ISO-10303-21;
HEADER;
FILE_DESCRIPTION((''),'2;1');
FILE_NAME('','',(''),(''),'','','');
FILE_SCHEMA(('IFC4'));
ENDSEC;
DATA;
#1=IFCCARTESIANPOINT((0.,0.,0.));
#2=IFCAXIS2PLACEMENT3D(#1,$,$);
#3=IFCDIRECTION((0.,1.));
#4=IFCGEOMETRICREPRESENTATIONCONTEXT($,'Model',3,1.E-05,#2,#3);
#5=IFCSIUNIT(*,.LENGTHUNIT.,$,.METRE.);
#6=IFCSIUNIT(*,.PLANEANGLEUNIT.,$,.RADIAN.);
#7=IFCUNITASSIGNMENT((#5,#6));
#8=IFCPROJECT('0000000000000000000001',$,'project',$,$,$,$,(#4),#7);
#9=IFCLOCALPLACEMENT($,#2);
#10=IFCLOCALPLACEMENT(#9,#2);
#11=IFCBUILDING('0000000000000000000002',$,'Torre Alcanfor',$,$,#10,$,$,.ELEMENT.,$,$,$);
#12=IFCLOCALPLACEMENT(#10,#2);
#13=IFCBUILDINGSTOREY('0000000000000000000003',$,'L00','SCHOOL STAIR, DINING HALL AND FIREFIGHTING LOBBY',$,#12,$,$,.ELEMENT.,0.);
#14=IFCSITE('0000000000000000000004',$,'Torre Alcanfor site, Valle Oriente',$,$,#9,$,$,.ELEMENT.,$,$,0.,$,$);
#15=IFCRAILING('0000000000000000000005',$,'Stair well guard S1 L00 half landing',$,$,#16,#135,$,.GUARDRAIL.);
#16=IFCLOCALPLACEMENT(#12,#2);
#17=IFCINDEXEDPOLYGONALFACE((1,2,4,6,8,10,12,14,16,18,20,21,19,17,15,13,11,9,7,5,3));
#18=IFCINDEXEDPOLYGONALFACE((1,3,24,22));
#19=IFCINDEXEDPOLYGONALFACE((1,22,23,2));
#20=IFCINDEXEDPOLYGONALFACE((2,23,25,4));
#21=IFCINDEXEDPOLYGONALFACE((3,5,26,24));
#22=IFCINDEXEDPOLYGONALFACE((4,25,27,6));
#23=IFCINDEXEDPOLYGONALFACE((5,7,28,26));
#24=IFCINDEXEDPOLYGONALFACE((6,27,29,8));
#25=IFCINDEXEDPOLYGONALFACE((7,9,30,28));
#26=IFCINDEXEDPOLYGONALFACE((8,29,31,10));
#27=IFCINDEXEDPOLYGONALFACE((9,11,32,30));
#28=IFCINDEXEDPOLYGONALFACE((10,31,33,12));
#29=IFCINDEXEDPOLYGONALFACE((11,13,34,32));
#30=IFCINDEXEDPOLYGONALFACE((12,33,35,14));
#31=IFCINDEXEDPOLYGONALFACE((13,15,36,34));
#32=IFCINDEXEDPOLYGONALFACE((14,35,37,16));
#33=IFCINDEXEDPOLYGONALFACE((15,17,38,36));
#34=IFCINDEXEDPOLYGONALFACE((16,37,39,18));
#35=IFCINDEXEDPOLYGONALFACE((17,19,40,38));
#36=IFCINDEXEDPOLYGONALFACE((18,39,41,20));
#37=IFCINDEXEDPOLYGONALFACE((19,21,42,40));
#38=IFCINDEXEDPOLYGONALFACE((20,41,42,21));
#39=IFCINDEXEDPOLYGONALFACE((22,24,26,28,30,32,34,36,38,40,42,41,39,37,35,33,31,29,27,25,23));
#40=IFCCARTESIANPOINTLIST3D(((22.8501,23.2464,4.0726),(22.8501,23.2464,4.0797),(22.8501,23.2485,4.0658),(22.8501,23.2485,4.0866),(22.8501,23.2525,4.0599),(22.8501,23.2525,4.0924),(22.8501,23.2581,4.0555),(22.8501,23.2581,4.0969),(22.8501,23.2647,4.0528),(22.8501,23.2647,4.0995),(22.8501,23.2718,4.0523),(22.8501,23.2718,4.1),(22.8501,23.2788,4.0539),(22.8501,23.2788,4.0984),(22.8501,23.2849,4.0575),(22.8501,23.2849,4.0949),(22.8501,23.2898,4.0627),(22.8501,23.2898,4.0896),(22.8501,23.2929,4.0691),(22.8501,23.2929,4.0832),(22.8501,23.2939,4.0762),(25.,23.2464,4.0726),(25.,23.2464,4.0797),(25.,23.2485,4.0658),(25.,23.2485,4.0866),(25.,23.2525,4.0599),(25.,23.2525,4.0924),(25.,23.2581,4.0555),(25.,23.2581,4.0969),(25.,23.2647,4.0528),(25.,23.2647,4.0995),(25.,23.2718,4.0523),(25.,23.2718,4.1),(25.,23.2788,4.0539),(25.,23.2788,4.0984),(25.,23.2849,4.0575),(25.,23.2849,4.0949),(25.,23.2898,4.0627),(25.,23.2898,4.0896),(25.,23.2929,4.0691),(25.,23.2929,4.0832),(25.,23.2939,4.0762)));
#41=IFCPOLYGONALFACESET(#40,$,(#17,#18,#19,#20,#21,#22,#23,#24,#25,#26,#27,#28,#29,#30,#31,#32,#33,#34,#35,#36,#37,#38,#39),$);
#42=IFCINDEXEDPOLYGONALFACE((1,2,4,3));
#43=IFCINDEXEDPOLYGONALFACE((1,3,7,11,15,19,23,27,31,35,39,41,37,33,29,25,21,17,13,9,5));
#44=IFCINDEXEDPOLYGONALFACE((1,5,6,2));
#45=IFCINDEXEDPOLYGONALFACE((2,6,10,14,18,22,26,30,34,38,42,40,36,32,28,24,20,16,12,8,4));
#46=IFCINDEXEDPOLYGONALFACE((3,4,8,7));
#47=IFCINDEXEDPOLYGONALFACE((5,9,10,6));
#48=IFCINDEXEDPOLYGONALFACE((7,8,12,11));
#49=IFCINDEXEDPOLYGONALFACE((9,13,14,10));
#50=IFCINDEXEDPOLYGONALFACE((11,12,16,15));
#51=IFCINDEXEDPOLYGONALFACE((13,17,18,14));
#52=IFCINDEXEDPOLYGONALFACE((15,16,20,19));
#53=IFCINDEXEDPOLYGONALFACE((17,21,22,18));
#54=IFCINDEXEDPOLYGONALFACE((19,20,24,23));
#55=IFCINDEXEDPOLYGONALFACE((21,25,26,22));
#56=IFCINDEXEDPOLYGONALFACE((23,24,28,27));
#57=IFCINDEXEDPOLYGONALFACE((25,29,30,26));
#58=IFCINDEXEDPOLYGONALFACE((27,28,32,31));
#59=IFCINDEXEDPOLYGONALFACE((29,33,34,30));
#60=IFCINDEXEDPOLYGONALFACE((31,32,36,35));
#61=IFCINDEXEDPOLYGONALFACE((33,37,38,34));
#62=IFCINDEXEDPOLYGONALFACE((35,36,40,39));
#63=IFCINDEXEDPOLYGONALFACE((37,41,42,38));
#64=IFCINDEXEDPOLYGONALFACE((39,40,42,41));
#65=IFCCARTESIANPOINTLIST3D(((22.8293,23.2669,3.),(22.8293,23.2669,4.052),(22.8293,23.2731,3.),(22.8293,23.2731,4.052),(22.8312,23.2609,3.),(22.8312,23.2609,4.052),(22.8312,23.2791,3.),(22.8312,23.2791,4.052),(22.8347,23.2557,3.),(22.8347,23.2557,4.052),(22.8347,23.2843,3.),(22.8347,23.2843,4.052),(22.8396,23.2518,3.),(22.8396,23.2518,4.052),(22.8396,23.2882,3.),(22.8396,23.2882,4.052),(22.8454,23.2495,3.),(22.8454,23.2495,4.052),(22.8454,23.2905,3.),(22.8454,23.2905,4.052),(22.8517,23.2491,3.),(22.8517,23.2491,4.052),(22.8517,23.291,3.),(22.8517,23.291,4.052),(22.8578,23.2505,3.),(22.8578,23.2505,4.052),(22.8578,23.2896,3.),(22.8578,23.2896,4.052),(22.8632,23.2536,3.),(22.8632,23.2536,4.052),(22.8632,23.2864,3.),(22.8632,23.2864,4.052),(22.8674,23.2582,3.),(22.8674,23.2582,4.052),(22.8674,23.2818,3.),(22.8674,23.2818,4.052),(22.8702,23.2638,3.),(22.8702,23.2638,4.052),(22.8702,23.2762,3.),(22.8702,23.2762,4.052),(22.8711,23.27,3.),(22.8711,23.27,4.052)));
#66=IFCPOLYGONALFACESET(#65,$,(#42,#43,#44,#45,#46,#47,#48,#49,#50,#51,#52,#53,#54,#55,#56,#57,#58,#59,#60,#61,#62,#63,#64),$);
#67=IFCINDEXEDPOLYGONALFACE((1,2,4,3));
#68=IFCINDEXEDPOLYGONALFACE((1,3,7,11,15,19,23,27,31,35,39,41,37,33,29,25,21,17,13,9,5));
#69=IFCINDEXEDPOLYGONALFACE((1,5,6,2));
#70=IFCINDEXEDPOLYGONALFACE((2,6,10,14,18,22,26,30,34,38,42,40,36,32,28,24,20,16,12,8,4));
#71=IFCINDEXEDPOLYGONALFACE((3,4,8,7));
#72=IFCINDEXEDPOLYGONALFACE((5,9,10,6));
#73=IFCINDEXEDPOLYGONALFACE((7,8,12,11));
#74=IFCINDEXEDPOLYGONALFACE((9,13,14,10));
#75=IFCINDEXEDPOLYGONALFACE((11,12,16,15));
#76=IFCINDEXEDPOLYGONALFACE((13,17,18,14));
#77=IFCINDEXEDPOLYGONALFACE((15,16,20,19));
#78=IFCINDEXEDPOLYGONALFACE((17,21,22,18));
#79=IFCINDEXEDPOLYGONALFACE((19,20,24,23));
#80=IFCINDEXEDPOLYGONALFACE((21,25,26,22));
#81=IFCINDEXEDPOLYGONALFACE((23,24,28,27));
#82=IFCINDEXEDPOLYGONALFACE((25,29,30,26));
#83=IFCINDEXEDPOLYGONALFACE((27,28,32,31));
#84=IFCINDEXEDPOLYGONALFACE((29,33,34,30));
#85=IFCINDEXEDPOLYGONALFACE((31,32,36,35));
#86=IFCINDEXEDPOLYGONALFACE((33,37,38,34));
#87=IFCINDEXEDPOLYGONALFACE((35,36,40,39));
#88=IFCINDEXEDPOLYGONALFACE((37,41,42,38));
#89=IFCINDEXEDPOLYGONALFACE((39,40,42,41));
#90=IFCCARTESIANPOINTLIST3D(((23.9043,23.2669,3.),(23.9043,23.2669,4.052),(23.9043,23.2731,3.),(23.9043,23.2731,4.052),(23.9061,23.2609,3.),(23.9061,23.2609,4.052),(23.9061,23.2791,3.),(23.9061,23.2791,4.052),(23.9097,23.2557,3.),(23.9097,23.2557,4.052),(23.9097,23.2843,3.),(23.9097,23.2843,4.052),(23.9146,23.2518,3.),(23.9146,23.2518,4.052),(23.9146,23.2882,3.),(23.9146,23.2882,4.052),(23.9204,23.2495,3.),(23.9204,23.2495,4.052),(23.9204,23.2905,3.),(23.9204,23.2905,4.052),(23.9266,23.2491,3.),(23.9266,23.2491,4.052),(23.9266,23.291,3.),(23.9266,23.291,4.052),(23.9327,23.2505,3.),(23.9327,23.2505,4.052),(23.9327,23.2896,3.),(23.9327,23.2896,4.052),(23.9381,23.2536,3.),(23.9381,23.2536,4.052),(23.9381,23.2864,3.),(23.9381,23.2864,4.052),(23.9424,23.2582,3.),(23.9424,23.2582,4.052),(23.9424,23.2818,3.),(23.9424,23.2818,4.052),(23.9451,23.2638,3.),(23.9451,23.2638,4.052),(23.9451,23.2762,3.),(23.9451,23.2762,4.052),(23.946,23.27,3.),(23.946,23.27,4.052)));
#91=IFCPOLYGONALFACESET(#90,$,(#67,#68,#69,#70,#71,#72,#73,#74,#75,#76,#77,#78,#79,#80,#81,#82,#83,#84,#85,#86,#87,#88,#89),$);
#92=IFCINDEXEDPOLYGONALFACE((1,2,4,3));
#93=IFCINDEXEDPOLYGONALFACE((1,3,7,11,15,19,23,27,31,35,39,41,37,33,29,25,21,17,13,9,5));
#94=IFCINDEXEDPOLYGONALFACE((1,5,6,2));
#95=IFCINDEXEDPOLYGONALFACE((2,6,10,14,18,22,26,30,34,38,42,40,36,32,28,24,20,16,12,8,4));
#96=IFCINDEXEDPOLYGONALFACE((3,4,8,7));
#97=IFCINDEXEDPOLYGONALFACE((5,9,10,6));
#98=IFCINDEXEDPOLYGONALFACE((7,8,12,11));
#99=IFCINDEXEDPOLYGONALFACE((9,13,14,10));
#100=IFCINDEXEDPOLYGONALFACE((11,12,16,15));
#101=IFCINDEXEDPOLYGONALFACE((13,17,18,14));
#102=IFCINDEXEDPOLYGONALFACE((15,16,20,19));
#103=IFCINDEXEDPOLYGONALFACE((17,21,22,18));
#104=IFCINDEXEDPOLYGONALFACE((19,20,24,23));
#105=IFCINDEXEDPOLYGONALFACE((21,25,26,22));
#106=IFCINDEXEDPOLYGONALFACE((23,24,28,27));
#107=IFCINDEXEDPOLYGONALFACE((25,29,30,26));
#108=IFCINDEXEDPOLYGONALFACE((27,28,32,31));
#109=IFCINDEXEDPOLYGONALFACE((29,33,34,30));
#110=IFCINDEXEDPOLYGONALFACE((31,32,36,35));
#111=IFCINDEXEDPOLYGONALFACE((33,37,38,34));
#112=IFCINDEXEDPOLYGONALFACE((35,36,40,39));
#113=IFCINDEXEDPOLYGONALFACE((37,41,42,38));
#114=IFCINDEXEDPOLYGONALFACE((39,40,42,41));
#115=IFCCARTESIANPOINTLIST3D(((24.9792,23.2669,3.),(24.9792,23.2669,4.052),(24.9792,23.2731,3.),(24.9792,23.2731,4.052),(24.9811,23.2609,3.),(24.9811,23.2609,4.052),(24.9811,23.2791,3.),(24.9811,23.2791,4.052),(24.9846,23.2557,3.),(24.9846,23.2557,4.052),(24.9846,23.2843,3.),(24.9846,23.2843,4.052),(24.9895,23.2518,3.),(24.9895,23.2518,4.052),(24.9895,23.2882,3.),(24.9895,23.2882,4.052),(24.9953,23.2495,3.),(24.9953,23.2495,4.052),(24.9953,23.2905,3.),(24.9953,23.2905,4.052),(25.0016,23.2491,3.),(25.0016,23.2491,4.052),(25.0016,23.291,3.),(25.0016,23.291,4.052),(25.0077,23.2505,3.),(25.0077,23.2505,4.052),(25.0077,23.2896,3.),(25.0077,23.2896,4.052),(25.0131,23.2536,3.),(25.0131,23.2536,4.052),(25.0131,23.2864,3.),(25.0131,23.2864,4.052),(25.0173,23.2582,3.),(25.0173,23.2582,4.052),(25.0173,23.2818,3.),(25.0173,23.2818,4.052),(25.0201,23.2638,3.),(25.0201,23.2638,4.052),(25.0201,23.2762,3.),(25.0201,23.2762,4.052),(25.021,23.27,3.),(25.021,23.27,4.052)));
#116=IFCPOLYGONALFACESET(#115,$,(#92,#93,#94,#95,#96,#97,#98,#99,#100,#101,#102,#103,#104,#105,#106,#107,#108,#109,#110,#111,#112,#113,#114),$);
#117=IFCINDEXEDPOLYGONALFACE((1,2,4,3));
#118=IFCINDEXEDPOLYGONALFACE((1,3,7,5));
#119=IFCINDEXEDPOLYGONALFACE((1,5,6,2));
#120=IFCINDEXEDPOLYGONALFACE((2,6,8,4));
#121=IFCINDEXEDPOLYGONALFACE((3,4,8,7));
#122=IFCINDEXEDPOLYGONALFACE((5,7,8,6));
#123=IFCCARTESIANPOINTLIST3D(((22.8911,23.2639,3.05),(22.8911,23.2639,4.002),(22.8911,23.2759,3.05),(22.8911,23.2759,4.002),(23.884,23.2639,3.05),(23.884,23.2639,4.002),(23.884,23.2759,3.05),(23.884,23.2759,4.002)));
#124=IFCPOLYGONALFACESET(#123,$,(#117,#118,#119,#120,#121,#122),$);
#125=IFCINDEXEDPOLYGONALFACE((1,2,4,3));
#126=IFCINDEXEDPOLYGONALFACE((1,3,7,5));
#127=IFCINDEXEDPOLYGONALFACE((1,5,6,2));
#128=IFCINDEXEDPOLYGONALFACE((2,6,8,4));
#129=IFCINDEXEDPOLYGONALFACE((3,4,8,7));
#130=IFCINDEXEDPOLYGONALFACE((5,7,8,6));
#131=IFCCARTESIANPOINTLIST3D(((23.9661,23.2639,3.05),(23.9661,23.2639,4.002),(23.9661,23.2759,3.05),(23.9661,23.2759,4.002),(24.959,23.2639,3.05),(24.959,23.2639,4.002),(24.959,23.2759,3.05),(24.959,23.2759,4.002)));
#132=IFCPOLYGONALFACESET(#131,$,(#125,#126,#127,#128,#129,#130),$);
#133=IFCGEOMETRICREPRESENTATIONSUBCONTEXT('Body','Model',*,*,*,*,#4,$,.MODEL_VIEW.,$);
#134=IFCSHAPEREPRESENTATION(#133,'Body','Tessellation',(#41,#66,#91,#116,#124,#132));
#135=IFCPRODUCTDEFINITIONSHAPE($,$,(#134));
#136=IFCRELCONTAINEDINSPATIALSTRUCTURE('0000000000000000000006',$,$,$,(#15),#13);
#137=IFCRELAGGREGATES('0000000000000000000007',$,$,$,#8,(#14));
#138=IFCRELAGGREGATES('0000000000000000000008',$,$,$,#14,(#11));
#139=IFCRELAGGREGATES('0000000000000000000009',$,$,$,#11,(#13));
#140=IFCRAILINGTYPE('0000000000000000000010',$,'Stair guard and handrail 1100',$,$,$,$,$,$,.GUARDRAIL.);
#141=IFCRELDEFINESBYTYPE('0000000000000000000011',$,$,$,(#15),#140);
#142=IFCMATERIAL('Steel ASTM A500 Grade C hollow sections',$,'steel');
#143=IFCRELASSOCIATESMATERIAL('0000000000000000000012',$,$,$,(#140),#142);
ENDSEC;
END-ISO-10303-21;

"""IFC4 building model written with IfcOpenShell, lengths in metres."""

from ifc_helpers import new_model, si_unit, direction, frame, origin, origin_2d, place, context, subcontext, project, spatial, polyline, circle, outline, extrude, material, type_object, element, save


model = new_model("IFC4")

# Units and contexts
model_context = context("Model", 3, precision=1e-05, world=origin(), true_north=direction((0.0, 1.0)))
body_context = subcontext(model_context, "Body", "Model", "MODEL_VIEW")
ifc_project = project(units=[si_unit("LENGTHUNIT", "METRE"), si_unit("PLANEANGLEUNIT", "RADIAN")], contexts=[model_context])

# Site, building, storey
site_placement = place(None, origin())
site = spatial("IfcSite", under=ifc_project, at=site_placement, Name="Torre Alcanfor site, Valle Oriente", CompositionType="ELEMENT", RefElevation=0.0)
building_placement = place(site_placement, origin())
building = spatial("IfcBuilding", under=site, at=building_placement, Name="Torre Alcanfor", CompositionType="ELEMENT")
storey_placement = place(building_placement, origin())
storey = spatial("IfcBuildingStorey", under=building, at=storey_placement, Name="L00", Description="SCHOOL STAIR, DINING HALL AND FIREFIGHTING LOBBY", CompositionType="ELEMENT", Elevation=0.0)

# Railing
ifc_material_1 = material(Name="Steel ASTM A500 Grade C hollow sections", Category="steel")
railing_type_1 = type_object("IfcRailingType", Name="Stair guard and handrail 1100", PredefinedType="GUARDRAIL", material=ifc_material_1)
railing_1_placement = place(storey_placement, frame((22.8501, 23.27, 3.0)))
element("IfcRailing", 1, at=railing_1_placement, inside=storey, type_object=railing_type_1, Name="Stair well guard S1 L00 half landing", PredefinedType="GUARDRAIL", context=body_context, shape_type="SweptSolid", body=[
    extrude(circle(Radius=0.0239, at=origin_2d()), frame((0.0, 0.0, 1.0762), z_axis=(1.0, 0.0, 0.0), x_axis=(0.0, 1.0, 0.0)), (0.0, 0.0, 1.0), 2.1499),
    extrude(circle(Radius=0.021, at=origin_2d()), origin(), (0.0, 0.0, 1.0), 1.052),
    extrude(circle(Radius=0.021, at=origin_2d()), frame((1.075, 0.0, 0.0)), (0.0, 0.0, 1.0), 1.052),
    extrude(circle(Radius=0.021, at=origin_2d()), frame((2.1499, 0.0, 0.0)), (0.0, 0.0, 1.0), 1.052),
    extrude(outline(polyline([(0.041, 0.05), (1.0339, 0.05), (1.0339, 1.002), (0.041, 1.002), (0.041, 0.05)])), frame((0.0, 0.0059, 0.0), z_axis=(0.0, -1.0, 0.0), x_axis=(1.0, 0.0, 0.0)), (0.0, 0.0, 1.0), 0.012),
    extrude(outline(polyline([(1.116, 0.05), (2.1089, 0.05), (2.1089, 1.002), (1.116, 1.002), (1.116, 0.05)])), frame((0.0, 0.0059, 0.0), z_axis=(0.0, -1.0, 0.0), x_axis=(1.0, 0.0, 0.0)), (0.0, 0.0, 1.0), 0.012),
])

save(model, "model.ifc")
